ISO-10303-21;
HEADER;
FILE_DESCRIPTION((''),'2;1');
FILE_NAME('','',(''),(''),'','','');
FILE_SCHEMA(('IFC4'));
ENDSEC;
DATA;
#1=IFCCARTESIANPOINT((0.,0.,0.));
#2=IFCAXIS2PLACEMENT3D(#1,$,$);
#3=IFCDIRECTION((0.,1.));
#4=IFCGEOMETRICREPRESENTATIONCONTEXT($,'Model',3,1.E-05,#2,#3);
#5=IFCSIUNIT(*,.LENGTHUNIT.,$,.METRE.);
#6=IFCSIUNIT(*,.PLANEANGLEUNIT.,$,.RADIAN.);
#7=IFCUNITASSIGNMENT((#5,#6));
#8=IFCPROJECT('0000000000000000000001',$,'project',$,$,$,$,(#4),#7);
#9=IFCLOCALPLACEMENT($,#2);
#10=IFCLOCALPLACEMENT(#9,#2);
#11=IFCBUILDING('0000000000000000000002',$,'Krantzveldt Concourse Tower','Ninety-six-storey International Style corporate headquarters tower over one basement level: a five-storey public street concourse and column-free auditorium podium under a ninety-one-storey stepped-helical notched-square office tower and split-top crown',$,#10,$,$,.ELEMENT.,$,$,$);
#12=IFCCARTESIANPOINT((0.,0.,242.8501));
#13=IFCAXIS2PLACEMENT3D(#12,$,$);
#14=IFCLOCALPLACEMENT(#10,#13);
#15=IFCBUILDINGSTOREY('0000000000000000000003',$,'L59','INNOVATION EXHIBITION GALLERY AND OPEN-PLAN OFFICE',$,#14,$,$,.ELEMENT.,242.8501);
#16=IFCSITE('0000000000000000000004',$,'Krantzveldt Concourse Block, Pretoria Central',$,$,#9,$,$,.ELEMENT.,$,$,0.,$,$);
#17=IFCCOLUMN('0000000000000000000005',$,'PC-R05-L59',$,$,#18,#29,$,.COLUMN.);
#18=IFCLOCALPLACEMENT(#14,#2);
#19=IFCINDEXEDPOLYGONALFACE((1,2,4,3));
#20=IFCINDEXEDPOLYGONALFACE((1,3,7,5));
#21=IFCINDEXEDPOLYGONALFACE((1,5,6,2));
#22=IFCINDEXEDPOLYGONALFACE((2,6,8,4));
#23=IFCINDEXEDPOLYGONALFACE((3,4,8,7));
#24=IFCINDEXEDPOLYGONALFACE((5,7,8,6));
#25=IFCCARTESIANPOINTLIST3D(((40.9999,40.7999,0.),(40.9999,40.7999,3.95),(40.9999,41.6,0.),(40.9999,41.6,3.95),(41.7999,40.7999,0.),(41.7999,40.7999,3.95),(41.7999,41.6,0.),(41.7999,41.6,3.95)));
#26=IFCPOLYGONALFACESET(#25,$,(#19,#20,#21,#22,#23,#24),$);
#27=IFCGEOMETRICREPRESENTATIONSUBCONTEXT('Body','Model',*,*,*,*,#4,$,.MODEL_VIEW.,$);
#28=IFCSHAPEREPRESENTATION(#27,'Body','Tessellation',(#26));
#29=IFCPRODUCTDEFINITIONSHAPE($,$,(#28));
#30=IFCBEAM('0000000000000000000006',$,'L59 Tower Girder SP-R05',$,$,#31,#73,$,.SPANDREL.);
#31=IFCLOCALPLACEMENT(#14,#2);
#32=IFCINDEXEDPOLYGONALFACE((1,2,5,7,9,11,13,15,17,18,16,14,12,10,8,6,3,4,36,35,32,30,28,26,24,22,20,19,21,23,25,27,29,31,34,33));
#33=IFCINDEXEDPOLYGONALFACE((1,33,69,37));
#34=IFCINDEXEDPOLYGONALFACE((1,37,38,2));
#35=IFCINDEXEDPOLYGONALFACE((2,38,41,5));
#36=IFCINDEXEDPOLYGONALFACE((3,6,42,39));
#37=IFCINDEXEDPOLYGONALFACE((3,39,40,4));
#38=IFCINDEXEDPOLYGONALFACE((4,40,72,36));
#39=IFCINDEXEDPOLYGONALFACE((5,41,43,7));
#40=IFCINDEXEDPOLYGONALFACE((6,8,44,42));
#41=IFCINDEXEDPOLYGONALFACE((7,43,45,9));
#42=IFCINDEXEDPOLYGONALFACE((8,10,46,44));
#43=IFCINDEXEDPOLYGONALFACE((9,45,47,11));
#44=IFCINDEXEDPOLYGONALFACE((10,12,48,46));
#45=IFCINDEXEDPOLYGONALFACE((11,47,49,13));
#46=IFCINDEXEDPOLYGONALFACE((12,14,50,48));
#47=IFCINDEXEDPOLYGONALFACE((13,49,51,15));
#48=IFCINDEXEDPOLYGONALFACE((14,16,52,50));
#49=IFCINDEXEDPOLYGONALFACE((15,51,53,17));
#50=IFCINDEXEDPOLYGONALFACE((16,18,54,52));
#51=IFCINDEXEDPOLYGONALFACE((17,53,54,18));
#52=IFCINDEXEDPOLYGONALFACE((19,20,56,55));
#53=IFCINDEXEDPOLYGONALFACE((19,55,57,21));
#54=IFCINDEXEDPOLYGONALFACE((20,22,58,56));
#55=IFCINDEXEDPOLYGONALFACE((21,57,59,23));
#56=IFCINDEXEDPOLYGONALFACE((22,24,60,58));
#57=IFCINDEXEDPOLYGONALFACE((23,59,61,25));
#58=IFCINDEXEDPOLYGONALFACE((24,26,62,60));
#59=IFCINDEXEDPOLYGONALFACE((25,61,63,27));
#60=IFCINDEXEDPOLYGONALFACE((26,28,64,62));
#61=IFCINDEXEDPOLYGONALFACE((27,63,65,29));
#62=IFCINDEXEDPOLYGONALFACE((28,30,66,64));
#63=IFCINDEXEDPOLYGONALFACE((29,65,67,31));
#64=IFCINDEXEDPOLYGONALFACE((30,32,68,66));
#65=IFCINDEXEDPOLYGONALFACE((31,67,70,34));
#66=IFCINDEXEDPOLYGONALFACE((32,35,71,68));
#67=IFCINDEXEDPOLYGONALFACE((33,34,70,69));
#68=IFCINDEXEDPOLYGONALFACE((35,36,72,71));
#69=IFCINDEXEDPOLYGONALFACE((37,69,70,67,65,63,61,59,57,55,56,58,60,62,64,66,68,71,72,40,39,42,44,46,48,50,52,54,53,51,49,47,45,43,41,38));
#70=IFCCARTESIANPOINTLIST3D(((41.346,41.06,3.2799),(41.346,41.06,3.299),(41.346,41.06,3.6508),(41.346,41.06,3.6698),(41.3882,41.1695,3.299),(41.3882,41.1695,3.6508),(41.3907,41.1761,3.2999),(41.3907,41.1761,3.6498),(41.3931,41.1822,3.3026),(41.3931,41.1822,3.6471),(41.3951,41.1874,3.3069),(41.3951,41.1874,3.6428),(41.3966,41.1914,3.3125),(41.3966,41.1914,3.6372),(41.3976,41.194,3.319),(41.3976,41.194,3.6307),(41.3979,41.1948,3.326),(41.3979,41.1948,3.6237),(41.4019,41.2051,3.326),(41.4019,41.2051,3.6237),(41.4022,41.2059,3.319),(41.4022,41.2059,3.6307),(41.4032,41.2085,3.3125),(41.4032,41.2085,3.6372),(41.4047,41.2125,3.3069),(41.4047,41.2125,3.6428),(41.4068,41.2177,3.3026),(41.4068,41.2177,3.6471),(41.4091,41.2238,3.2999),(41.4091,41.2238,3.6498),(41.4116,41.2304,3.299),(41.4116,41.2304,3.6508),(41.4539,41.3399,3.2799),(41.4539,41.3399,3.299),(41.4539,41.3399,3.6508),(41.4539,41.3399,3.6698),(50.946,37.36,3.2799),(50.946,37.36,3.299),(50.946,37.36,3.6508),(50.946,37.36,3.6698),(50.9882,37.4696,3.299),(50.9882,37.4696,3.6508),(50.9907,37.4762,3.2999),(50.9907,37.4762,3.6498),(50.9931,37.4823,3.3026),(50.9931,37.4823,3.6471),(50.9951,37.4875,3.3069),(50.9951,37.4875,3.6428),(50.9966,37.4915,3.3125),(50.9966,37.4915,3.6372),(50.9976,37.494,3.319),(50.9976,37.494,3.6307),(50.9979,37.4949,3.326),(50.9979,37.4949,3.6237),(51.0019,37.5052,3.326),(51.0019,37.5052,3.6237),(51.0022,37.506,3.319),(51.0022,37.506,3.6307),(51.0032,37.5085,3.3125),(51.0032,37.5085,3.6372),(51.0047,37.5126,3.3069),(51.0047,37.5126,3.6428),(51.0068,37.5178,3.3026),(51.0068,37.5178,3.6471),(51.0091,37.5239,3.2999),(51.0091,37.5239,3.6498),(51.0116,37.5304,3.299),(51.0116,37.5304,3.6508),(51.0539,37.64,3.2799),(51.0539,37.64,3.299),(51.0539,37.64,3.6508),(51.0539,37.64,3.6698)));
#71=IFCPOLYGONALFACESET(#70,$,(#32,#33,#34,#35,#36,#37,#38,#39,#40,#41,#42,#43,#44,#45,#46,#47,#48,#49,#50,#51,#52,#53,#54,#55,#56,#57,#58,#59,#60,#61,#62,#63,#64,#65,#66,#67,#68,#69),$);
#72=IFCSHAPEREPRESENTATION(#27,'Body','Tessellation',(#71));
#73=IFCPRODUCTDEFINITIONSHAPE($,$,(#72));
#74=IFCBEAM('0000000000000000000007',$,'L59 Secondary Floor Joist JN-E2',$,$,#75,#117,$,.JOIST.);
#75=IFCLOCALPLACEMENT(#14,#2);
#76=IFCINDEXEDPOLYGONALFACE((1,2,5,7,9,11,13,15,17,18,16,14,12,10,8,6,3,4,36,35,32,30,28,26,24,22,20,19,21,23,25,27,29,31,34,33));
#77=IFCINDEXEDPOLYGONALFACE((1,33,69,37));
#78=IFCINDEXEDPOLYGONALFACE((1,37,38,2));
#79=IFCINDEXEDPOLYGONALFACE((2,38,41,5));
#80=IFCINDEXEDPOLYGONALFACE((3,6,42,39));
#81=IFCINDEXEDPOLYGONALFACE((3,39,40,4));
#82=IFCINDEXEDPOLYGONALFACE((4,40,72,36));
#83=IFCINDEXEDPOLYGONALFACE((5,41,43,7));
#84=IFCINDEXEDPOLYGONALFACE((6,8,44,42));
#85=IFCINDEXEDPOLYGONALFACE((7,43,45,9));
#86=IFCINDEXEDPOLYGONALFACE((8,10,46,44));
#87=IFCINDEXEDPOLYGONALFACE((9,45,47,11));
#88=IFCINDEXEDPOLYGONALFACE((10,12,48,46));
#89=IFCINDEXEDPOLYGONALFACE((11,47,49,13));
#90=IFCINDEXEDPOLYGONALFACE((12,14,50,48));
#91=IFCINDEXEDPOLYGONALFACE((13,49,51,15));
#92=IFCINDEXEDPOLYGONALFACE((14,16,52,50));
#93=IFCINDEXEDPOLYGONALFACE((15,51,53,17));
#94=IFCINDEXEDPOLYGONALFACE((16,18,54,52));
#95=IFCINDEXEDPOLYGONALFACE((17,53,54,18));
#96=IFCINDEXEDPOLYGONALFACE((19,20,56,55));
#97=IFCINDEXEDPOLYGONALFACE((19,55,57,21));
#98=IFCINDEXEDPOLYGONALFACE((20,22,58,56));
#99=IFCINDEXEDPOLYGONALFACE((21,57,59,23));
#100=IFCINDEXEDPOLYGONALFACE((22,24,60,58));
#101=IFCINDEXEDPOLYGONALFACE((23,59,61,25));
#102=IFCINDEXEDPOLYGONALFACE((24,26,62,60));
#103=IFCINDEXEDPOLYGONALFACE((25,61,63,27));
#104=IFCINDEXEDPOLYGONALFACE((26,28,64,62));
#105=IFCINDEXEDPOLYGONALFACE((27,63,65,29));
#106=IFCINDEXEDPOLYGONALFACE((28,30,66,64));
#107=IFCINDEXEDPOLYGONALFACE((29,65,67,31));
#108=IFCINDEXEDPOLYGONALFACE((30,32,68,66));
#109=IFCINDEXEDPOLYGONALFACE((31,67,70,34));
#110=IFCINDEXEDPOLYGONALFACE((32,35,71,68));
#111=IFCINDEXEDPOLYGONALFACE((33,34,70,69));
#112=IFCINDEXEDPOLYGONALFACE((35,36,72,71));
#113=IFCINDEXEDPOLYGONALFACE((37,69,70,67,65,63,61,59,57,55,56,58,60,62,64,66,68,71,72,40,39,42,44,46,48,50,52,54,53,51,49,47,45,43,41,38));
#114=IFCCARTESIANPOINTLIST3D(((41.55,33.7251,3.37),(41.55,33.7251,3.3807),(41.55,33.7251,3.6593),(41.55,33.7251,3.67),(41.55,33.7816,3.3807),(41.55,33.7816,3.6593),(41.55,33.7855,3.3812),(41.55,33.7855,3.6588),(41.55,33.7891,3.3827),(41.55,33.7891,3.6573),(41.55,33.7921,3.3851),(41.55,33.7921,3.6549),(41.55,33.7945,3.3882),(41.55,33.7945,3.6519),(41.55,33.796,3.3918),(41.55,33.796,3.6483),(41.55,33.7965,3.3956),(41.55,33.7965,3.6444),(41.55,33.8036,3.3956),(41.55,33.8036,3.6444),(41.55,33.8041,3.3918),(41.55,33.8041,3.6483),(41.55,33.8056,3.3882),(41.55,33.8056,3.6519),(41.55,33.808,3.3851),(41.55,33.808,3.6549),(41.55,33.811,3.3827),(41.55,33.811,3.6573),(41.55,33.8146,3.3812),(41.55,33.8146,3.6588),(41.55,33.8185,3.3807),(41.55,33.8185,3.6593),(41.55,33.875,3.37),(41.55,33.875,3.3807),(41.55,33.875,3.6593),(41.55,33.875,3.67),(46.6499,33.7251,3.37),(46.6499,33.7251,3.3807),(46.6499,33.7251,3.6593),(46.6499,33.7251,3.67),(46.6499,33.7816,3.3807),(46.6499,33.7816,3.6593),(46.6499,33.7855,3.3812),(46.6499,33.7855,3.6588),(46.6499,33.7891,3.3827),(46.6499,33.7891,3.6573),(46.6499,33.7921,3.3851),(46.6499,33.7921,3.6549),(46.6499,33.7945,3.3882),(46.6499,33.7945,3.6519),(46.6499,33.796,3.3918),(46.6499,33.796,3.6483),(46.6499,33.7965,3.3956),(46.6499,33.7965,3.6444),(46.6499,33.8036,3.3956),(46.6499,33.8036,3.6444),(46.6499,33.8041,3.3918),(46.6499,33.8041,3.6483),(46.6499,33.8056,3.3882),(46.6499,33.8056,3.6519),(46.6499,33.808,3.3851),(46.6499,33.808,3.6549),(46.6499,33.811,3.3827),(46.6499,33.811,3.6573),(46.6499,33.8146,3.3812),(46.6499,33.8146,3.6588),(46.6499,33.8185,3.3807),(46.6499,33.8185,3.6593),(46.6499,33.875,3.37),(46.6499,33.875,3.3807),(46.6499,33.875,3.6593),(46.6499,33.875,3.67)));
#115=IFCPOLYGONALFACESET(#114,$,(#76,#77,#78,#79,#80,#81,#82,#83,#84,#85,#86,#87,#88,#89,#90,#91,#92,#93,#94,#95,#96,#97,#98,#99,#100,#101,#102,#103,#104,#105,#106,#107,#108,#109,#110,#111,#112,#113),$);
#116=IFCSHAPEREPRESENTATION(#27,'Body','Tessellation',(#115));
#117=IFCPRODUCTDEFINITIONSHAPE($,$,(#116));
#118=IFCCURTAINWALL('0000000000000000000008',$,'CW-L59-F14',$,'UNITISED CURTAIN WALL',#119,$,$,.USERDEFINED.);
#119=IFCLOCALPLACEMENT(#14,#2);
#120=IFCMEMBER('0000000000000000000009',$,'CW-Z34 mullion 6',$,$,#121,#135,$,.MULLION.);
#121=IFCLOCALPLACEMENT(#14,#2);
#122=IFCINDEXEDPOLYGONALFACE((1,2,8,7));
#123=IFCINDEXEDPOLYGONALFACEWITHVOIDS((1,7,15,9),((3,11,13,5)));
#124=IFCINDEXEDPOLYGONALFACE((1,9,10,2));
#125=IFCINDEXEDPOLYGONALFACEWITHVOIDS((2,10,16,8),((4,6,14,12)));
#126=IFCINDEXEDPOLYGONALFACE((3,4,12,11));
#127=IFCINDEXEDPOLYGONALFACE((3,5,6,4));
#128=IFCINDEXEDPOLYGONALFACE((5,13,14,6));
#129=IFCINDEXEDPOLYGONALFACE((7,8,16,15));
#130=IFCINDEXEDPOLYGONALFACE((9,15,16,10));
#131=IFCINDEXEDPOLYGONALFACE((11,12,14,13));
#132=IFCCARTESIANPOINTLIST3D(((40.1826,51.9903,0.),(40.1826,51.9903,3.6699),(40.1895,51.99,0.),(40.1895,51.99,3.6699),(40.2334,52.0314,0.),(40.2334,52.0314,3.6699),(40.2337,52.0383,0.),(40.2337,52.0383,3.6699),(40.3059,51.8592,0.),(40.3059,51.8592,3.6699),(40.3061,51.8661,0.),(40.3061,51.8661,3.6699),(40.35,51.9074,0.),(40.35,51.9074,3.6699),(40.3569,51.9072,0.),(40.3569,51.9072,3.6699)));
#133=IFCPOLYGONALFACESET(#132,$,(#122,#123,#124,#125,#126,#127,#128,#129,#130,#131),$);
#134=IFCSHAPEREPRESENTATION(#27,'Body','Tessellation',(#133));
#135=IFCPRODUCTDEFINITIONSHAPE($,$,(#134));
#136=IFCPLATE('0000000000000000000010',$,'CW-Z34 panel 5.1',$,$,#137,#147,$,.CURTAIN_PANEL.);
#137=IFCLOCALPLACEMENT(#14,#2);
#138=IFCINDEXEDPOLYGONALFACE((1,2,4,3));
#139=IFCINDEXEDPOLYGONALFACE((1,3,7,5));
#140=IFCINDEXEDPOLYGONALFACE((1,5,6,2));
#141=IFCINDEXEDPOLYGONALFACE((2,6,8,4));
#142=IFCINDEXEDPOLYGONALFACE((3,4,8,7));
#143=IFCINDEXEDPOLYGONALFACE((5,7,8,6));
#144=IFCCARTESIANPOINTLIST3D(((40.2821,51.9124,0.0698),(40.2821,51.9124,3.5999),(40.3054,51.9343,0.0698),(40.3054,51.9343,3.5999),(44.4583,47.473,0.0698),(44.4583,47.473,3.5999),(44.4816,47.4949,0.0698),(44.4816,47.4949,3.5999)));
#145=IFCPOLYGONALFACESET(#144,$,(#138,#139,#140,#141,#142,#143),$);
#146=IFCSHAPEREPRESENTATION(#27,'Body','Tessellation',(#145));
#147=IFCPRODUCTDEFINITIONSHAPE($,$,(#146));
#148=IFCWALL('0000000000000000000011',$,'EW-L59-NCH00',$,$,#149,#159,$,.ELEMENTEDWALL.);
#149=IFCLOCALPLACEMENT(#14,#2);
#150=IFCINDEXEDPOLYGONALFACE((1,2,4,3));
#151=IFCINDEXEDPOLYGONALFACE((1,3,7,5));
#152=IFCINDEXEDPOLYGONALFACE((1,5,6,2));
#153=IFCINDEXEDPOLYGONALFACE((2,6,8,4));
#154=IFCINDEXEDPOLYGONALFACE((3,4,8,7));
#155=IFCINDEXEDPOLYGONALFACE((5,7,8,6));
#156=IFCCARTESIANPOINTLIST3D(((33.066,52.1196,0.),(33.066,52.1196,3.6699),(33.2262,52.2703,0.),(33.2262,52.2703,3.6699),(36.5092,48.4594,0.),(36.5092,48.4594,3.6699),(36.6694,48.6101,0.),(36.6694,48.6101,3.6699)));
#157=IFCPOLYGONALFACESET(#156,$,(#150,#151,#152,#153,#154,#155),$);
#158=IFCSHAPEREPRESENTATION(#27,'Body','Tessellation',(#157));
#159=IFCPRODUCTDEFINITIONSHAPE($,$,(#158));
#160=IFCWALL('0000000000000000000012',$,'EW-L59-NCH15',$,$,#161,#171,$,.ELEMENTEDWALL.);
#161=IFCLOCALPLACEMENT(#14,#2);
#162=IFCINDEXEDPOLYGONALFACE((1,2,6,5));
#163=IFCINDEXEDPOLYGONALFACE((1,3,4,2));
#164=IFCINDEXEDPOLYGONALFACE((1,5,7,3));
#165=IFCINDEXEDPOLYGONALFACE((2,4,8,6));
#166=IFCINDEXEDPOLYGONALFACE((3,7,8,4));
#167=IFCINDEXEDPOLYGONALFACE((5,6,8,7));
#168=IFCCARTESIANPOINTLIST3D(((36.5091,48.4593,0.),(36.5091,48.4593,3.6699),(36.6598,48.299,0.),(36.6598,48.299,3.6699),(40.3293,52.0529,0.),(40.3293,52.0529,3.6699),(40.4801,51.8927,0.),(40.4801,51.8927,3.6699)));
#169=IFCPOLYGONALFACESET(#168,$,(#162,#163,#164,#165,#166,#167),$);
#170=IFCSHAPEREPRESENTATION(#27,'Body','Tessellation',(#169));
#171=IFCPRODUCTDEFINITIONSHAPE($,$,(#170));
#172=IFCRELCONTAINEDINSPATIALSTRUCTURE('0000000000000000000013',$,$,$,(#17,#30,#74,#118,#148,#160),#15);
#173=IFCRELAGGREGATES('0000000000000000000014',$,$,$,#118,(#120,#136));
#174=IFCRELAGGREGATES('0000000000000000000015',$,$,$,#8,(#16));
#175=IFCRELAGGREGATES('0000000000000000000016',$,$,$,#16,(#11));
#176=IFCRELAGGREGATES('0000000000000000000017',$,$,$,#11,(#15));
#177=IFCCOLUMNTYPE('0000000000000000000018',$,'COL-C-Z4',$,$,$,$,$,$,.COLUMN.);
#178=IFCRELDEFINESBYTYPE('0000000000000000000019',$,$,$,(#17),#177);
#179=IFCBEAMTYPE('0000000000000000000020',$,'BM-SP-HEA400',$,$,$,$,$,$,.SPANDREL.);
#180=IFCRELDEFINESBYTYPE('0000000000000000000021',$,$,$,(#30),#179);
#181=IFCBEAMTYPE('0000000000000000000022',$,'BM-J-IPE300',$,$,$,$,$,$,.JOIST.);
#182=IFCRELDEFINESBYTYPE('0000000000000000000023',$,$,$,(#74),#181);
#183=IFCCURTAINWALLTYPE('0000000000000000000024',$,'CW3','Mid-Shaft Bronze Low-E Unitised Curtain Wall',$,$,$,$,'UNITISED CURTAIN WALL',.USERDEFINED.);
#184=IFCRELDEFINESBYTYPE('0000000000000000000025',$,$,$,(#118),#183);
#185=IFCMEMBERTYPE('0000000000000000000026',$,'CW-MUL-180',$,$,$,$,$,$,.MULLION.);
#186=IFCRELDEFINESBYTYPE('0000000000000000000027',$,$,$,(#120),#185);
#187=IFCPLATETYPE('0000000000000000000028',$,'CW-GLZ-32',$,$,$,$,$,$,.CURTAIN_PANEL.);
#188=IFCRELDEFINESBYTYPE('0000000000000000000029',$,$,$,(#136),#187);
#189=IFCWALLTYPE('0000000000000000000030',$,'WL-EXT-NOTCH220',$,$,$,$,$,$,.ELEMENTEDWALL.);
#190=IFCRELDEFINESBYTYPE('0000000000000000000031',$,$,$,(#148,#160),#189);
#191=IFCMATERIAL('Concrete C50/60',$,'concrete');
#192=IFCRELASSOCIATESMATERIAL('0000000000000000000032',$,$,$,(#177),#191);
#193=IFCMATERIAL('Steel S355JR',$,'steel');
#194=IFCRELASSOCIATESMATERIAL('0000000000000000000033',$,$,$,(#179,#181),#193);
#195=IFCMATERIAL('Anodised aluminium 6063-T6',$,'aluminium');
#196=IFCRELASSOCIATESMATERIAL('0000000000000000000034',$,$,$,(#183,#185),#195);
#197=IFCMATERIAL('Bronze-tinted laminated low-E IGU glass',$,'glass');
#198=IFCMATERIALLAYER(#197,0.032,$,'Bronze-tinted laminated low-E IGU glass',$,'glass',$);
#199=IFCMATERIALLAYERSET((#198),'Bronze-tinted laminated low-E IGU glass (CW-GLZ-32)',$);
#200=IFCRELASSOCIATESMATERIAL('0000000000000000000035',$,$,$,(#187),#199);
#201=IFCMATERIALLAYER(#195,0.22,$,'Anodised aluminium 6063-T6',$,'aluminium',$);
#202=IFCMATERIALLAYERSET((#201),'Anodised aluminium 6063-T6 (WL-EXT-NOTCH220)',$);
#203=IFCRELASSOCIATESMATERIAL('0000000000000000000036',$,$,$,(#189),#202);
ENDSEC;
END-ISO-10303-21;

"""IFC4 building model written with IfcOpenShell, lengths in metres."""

from ifc_helpers import new_model, si_unit, direction, frame, frame_2d, origin, origin_2d, place, context, subcontext, project, spatial, rectangle, hollow_rectangle, i_section, extrude, source, transform, mapped, material, layer, layer_set, material_profile, profile_set, type_object, type_shapes, element, aggregate, save


model = new_model("IFC4")

# Units and contexts
model_context = context("Model", 3, precision=1e-05, world=origin(), true_north=direction((0.0, 1.0)))
body_context = subcontext(model_context, "Body", "Model", "MODEL_VIEW")
ifc_project = project(units=[si_unit("LENGTHUNIT", "METRE"), si_unit("PLANEANGLEUNIT", "RADIAN")], contexts=[model_context])

# Site, building, storey
site_placement = place(None, origin())
site = spatial("IfcSite", under=ifc_project, at=site_placement, Name="Krantzveldt Concourse Block, Pretoria Central", CompositionType="ELEMENT", RefElevation=0.0)
building_placement = place(site_placement, origin())
building = spatial("IfcBuilding", under=site, at=building_placement, Name="Krantzveldt Concourse Tower", Description="Ninety-six-storey International Style corporate headquarters tower over one basement level: a five-storey public street concourse and column-free auditorium podium under a ninety-one-storey stepped-helical notched-square office tower and split-top crown", CompositionType="ELEMENT")
storey_placement = place(building_placement, frame((0.0, 0.0, 242.8501)))
storey = spatial("IfcBuildingStorey", under=building, at=storey_placement, Name="L59", Description="INNOVATION EXHIBITION GALLERY AND OPEN-PLAN OFFICE", CompositionType="ELEMENT", Elevation=242.8501)

# Column
ifc_material_1 = material(Name="Concrete C50/60", Category="concrete")
ifc_material_profile_1 = material_profile(ifc_material_1, rectangle(XDim=0.8, YDim=0.8, at=origin_2d()), Name="Concrete C50/60", Category="concrete")
ifc_profile_set_1 = profile_set([ifc_material_profile_1], Name="Concrete C50/60 - RC 800x800")
column_type = type_object("IfcColumnType", Name="COL-C-Z4", PredefinedType="COLUMN", material=ifc_profile_set_1)
shared_shape_1 = source(origin(), body_context, "Body", "SweptSolid", [
    extrude(rectangle(XDim=0.8, YDim=0.8, at=origin_2d()), origin(), (0.0, 0.0, 1.0), 3.95),
])
type_shapes(column_type, [shared_shape_1])
column_placement = place(storey_placement, frame((41.3999, 41.2, 0.0), z_axis=(0.0, 0.0, 1.0), x_axis=(1.0, 0.0, 0.0)))
element("IfcColumn", 1, at=column_placement, inside=storey, type_object=column_type, Name="PC-R05-L59", PredefinedType="COLUMN", context=body_context, shape_type="MappedRepresentation", body=[
    mapped(shared_shape_1, transform((0.0, 0.0, 0.0), x_axis=(1.0, 0.0, 0.0), y_axis=(0.0, 1.0, 0.0), z_axis=(0.0, 0.0, 1.0), scale=1.0)),
])

# Beams
ifc_material_2 = material(Name="Steel S355JR", Category="steel")
ifc_material_profile_2 = material_profile(ifc_material_2, i_section(OverallWidth=0.3, OverallDepth=0.3899, WebThickness=0.011, FlangeThickness=0.019, FilletRadius=0.0271, at=origin_2d()), Name="Steel S355JR", Category="steel")
ifc_profile_set_2 = profile_set([ifc_material_profile_2], Name="Steel S355JR - HEA 400")
beam_type_1 = type_object("IfcBeamType", Name="BM-SP-HEA400", PredefinedType="SPANDREL", material=ifc_profile_set_2)
shared_shape_2 = source(origin(), body_context, "Body", "SweptSolid", [
    extrude(i_section(OverallWidth=0.3, OverallDepth=0.3899, WebThickness=0.011, FlangeThickness=0.019, FilletRadius=0.0271, at=origin_2d()), origin(), (0.0, 0.0, 1.0), 10.2883),
])
type_shapes(beam_type_1, [shared_shape_2])
beam_1_placement = place(storey_placement, frame((41.3999, 41.2, 3.4749), z_axis=(0.933098, -0.359623, 0.0), x_axis=(0.359623, 0.933098, 0.0)))
element("IfcBeam", 2, at=beam_1_placement, inside=storey, type_object=beam_type_1, Name="L59 Tower Girder SP-R05", PredefinedType="SPANDREL", context=body_context, shape_type="MappedRepresentation", body=[
    mapped(shared_shape_2, transform((0.0, 0.0, 0.0), x_axis=(1.0, 0.0, 0.0), y_axis=(0.0, 1.0, 0.0), z_axis=(0.0, 0.0, 1.0), scale=1.0)),
])
ifc_material_profile_3 = material_profile(ifc_material_2, i_section(OverallWidth=0.1499, OverallDepth=0.3, WebThickness=0.0071, FlangeThickness=0.0107, FilletRadius=0.0149, at=origin_2d()), Name="Steel S355JR", Category="steel")
ifc_profile_set_3 = profile_set([ifc_material_profile_3], Name="Steel S355JR - IPE 300")
beam_type_2 = type_object("IfcBeamType", Name="BM-J-IPE300", PredefinedType="JOIST", material=ifc_profile_set_3)
shared_shape_3 = source(origin(), body_context, "Body", "SweptSolid", [
    extrude(i_section(OverallWidth=0.1499, OverallDepth=0.3, WebThickness=0.0071, FlangeThickness=0.0107, FilletRadius=0.0149, at=origin_2d()), origin(), (0.0, 0.0, 1.0), 5.0999),
])
type_shapes(beam_type_2, [shared_shape_3])
beam_2_placement = place(storey_placement, frame((41.55, 33.8, 3.52), z_axis=(1.0, 0.0, 0.0), x_axis=(0.0, 1.0, 0.0)))
element("IfcBeam", 3, at=beam_2_placement, inside=storey, type_object=beam_type_2, Name="L59 Secondary Floor Joist JN-E2", PredefinedType="JOIST", context=body_context, shape_type="MappedRepresentation", body=[
    mapped(shared_shape_3, transform((0.0, 0.0, 0.0), x_axis=(1.0, 0.0, 0.0), y_axis=(0.0, 1.0, 0.0), z_axis=(0.0, 0.0, 1.0), scale=1.0)),
])

# Curtain wall, member, plate
ifc_material_3 = material(Name="Anodised aluminium 6063-T6", Category="aluminium")
curtain_wall_type = type_object("IfcCurtainWallType", Name="CW3", Description="Mid-Shaft Bronze Low-E Unitised Curtain Wall", ElementType="UNITISED CURTAIN WALL", PredefinedType="USERDEFINED", material=ifc_material_3)
curtain_wall_placement = place(storey_placement, origin())
curtain_wall = element("IfcCurtainWall", 4, at=curtain_wall_placement, inside=storey, type_object=curtain_wall_type, Name="CW-L59-F14", ObjectType="UNITISED CURTAIN WALL", PredefinedType="USERDEFINED")
ifc_material_profile_4 = material_profile(ifc_material_3, hollow_rectangle(XDim=0.0701, YDim=0.1799, WallThickness=0.0049, at=origin_2d()), Name="Anodised aluminium 6063-T6", Category="aluminium")
ifc_profile_set_4 = profile_set([ifc_material_profile_4], Name="Anodised aluminium 6063-T6 - ALU-MULL 180x70x5")
member_type = type_object("IfcMemberType", Name="CW-MUL-180", PredefinedType="MULLION", material=ifc_profile_set_4)
shared_shape_4 = source(origin(), body_context, "Body", "SweptSolid", [
    extrude(hollow_rectangle(XDim=0.0701, YDim=0.1799, WallThickness=0.0049, at=origin_2d()), origin(), (0.0, 0.0, 1.0), 3.6699),
])
type_shapes(member_type, [shared_shape_4])
member_placement = place(storey_placement, frame((40.2698, 51.9487, 0.0), z_axis=(0.0, 0.0, 1.0), x_axis=(-0.728371, -0.685183, 0.0)))
member = element("IfcMember", 5, at=member_placement, type_object=member_type, Name="CW-Z34 mullion 6", PredefinedType="MULLION", context=body_context, shape_type="MappedRepresentation", body=[
    mapped(shared_shape_4, transform((0.0, 0.0, 0.0), x_axis=(1.0, 0.0, 0.0), y_axis=(0.0, 1.0, 0.0), z_axis=(0.0, 0.0, 1.0), scale=1.0)),
])
ifc_material_4 = material(Name="Bronze-tinted laminated low-E IGU glass", Category="glass")
ifc_layer_1 = layer(ifc_material_4, 0.032, Name="Bronze-tinted laminated low-E IGU glass", Category="glass")
ifc_layer_set_1 = layer_set([ifc_layer_1], Name="Bronze-tinted laminated low-E IGU glass (CW-GLZ-32)")
plate_type = type_object("IfcPlateType", Name="CW-GLZ-32", PredefinedType="CURTAIN_PANEL", material=ifc_layer_set_1)
shared_shape_5 = source(origin(), body_context, "Body", "SweptSolid", [
    extrude(rectangle(XDim=6.095, YDim=0.032, at=origin_2d()), origin(), (0.0, 0.0, 1.0), 3.53),
])
type_shapes(plate_type, [shared_shape_5])
plate_placement = place(storey_placement, frame((42.3818, 49.7036, 0.0698), z_axis=(0.0, 0.0, 1.0), x_axis=(-0.685183, 0.728371, 0.0)))
plate = element("IfcPlate", 6, at=plate_placement, type_object=plate_type, Name="CW-Z34 panel 5.1", PredefinedType="CURTAIN_PANEL", context=body_context, shape_type="MappedRepresentation", body=[
    mapped(shared_shape_5, transform((0.0, 0.0, 0.0), x_axis=(1.0, 0.0, 0.0), y_axis=(0.0, 1.0, 0.0), z_axis=(0.0, 0.0, 1.0), scale=1.0)),
])
aggregate(curtain_wall, [member, plate])

# Walls
ifc_layer_2 = layer(ifc_material_3, 0.22, Name="Anodised aluminium 6063-T6", Category="aluminium")
ifc_layer_set_2 = layer_set([ifc_layer_2], Name="Anodised aluminium 6063-T6 (WL-EXT-NOTCH220)")
wall_type_1 = type_object("IfcWallType", Name="WL-EXT-NOTCH220", PredefinedType="ELEMENTEDWALL", material=ifc_layer_set_2)
wall_1_placement = place(storey_placement, frame((36.5894, 48.5347, 0.0), z_axis=(0.0, 0.0, 1.0), x_axis=(-0.685181, 0.728373, 0.0)))
element("IfcWall", 7, at=wall_1_placement, inside=storey, type_object=wall_type_1, Name="EW-L59-NCH00", PredefinedType="ELEMENTEDWALL", context=body_context, shape_type="SweptSolid", body=[
    extrude(rectangle(XDim=5.0251, YDim=0.22, at=frame_2d((2.5127, 0.0))), origin(), (0.0, 0.0, 1.0), 3.6699),
])
wall_2_placement = place(storey_placement, frame((40.4048, 51.9729, 0.0), z_axis=(0.0, 0.0, 1.0), x_axis=(-0.728375, -0.685179, 0.0)))
element("IfcWall", 8, at=wall_2_placement, inside=storey, type_object=wall_type_1, Name="EW-L59-NCH15", PredefinedType="ELEMENTEDWALL", context=body_context, shape_type="SweptSolid", body=[
    extrude(rectangle(XDim=5.2449, YDim=0.22, at=frame_2d((2.6226, 0.0))), origin(), (0.0, 0.0, 1.0), 3.6699),
])

save(model, "model.ifc")
